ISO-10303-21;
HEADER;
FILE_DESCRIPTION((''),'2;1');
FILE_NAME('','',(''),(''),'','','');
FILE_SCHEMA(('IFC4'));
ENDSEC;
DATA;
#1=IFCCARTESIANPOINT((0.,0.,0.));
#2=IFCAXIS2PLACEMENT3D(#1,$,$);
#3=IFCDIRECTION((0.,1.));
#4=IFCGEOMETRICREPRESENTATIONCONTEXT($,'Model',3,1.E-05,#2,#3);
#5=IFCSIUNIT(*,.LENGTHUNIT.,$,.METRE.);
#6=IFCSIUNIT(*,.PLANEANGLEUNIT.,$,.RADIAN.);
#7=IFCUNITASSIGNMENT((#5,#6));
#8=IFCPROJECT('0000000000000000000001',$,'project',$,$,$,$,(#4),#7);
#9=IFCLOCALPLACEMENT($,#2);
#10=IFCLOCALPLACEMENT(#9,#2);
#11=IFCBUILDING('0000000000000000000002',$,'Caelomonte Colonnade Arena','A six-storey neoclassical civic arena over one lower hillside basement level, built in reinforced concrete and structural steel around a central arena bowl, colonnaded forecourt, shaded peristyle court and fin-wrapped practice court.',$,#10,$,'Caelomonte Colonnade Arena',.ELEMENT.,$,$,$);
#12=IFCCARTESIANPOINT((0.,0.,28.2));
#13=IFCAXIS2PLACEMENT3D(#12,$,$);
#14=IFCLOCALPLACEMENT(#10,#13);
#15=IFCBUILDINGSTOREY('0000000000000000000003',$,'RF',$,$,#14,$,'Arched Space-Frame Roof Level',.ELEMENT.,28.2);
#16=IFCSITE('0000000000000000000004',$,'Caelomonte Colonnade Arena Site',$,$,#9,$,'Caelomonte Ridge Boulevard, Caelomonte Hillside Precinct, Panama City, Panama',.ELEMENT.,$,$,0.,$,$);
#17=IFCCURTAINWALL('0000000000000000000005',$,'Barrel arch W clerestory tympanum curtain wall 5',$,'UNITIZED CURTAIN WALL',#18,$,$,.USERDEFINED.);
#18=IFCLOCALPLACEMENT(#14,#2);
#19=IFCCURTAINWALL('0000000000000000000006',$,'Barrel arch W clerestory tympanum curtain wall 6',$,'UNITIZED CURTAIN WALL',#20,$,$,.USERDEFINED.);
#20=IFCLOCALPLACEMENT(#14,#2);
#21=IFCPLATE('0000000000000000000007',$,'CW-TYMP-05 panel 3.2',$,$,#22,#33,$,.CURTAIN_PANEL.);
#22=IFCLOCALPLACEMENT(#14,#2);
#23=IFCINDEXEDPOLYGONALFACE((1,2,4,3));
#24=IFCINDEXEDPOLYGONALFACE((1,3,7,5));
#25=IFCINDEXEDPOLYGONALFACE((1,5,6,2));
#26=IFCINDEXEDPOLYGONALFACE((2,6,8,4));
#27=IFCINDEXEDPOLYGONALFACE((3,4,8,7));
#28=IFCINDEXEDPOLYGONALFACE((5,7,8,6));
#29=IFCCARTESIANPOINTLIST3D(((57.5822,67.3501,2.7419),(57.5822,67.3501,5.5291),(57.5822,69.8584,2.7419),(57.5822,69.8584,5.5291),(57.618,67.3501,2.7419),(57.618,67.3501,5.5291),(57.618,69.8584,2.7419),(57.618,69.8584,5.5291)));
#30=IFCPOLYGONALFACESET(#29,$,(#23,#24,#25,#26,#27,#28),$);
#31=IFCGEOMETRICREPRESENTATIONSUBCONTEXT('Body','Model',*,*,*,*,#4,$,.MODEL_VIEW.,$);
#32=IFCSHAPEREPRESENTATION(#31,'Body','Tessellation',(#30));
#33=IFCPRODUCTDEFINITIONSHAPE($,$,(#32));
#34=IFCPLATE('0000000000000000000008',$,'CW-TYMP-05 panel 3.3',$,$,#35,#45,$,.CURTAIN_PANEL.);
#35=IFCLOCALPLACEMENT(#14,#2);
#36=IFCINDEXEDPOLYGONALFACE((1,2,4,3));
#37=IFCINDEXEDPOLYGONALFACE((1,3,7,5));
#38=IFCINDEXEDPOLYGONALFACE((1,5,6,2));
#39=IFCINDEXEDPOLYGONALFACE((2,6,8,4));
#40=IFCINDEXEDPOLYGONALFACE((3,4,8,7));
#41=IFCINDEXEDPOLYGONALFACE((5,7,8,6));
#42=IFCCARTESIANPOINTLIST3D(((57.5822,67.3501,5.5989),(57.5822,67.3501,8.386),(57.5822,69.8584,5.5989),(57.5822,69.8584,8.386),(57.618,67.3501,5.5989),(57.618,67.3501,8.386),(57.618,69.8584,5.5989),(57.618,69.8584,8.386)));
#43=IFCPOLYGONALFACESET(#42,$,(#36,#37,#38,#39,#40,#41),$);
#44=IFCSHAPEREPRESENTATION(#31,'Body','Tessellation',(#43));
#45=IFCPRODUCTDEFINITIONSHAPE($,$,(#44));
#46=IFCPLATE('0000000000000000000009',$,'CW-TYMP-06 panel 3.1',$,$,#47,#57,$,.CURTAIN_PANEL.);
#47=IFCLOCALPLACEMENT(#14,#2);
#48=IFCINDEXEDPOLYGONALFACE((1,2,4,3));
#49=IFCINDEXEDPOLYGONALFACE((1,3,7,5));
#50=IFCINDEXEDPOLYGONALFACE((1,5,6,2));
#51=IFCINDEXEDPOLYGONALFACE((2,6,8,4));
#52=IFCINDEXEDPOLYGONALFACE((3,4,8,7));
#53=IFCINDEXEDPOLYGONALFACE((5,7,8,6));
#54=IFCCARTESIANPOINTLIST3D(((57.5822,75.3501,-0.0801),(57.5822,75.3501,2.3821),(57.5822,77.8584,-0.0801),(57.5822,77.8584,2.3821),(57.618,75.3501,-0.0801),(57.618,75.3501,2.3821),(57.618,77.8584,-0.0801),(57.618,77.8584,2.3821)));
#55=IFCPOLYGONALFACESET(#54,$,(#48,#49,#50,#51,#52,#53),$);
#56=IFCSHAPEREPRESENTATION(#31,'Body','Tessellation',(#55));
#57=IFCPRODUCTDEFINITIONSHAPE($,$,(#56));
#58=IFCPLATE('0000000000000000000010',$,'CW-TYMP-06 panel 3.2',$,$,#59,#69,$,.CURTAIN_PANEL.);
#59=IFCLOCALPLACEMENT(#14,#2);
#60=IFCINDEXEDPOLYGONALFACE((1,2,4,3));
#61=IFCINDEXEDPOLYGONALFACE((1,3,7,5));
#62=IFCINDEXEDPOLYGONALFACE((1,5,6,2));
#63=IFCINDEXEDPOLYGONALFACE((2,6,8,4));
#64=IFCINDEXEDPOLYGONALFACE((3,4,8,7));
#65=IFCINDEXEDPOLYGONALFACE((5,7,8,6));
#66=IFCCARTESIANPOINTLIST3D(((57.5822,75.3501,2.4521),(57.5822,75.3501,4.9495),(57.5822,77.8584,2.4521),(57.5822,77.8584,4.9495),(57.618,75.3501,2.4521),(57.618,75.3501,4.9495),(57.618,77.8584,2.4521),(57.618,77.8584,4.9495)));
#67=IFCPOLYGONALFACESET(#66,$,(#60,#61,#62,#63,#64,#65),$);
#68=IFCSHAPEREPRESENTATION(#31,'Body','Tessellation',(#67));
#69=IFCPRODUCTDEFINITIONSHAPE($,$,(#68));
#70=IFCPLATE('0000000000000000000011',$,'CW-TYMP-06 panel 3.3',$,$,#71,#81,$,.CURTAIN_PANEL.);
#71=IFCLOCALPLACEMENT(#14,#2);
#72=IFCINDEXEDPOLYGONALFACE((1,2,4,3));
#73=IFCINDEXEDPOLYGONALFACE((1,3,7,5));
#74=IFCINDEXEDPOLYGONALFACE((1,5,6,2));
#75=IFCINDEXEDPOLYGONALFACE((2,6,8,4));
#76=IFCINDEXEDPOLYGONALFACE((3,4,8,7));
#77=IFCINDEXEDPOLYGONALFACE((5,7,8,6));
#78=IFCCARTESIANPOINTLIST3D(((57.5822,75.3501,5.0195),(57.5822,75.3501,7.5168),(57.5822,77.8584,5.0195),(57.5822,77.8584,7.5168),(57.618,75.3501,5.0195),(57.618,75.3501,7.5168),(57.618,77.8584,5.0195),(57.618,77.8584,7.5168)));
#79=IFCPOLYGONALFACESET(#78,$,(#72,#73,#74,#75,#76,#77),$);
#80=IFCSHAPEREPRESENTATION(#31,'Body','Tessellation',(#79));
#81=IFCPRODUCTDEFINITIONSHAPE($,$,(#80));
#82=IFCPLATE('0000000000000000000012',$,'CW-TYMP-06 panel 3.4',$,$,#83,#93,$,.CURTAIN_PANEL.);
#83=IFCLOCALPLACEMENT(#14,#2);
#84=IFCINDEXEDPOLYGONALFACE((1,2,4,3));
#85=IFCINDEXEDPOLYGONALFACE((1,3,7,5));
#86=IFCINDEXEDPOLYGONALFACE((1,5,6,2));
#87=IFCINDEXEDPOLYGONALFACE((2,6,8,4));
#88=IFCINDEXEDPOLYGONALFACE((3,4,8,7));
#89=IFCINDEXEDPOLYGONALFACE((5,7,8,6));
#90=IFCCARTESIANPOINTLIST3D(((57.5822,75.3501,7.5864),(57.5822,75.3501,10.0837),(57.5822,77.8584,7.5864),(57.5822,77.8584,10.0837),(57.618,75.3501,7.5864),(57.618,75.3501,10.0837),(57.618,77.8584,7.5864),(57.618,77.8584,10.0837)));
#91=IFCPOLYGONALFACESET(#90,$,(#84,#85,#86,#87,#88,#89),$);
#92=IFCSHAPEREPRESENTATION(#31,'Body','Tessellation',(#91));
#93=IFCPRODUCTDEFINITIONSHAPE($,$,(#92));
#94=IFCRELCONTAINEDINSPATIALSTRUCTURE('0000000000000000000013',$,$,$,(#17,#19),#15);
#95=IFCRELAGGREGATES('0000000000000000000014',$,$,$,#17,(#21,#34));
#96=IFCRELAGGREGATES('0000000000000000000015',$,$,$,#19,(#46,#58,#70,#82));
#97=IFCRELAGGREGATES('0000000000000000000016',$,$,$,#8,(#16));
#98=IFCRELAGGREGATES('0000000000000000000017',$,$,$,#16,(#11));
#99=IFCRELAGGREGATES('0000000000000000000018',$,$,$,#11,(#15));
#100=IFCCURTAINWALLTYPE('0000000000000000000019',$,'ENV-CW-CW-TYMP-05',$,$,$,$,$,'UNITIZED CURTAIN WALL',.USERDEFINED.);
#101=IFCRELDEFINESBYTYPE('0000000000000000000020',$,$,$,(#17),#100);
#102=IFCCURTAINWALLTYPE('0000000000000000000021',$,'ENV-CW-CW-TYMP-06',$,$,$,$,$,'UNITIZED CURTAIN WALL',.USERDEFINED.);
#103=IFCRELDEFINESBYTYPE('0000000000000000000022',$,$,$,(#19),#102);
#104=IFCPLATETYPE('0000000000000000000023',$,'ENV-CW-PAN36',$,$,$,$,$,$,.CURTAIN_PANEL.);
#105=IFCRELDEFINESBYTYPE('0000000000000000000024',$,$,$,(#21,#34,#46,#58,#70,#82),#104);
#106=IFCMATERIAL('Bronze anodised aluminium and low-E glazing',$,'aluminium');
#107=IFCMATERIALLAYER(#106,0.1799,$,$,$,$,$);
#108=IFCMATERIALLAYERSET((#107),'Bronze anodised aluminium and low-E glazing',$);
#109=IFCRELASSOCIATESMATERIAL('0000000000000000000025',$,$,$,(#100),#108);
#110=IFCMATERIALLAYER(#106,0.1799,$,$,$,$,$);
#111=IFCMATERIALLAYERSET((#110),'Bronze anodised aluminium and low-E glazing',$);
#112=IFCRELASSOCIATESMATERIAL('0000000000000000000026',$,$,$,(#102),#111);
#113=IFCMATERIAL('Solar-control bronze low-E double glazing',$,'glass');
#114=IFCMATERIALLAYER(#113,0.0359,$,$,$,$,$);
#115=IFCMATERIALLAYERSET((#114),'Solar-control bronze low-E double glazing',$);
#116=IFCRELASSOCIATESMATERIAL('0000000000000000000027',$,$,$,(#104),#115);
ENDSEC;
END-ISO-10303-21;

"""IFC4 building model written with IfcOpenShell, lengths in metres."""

from ifc_helpers import new_model, si_unit, direction, frame, origin, origin_2d, place, context, subcontext, project, spatial, rectangle, extrude, material, layer, layer_set, type_object, element, aggregate, save


model = new_model("IFC4")

# Units and contexts
model_context = context("Model", 3, precision=1e-05, world=origin(), true_north=direction((0.0, 1.0)))
body_context = subcontext(model_context, "Body", "Model", "MODEL_VIEW")
ifc_project = project(units=[si_unit("LENGTHUNIT", "METRE"), si_unit("PLANEANGLEUNIT", "RADIAN")], contexts=[model_context])

# Site, building, storey
site_placement = place(None, origin())
site = spatial("IfcSite", under=ifc_project, at=site_placement, Name="Caelomonte Colonnade Arena Site", LongName="Caelomonte Ridge Boulevard, Caelomonte Hillside Precinct, Panama City, Panama", CompositionType="ELEMENT", RefElevation=0.0)
building_placement = place(site_placement, origin())
building = spatial("IfcBuilding", under=site, at=building_placement, Name="Caelomonte Colonnade Arena", Description="A six-storey neoclassical civic arena over one lower hillside basement level, built in reinforced concrete and structural steel around a central arena bowl, colonnaded forecourt, shaded peristyle court and fin-wrapped practice court.", LongName="Caelomonte Colonnade Arena", CompositionType="ELEMENT")
storey_placement = place(building_placement, frame((0.0, 0.0, 28.2)))
storey = spatial("IfcBuildingStorey", under=building, at=storey_placement, Name="RF", LongName="Arched Space-Frame Roof Level", CompositionType="ELEMENT", Elevation=28.2)

# Curtain wall
ifc_material_1 = material(Name="Bronze anodised aluminium and low-E glazing", Category="aluminium")
ifc_layer_1 = layer(ifc_material_1, 0.1799)
ifc_layer_set_1 = layer_set([ifc_layer_1], Name="Bronze anodised aluminium and low-E glazing")
curtain_wall_type_1 = type_object("IfcCurtainWallType", Name="ENV-CW-CW-TYMP-05", ElementType="UNITIZED CURTAIN WALL", PredefinedType="USERDEFINED", material=ifc_layer_set_1)
curtain_wall_1_placement = place(storey_placement, origin())
curtain_wall_1 = element("IfcCurtainWall", 1, at=curtain_wall_1_placement, inside=storey, type_object=curtain_wall_type_1, Name="Barrel arch W clerestory tympanum curtain wall 5", ObjectType="UNITIZED CURTAIN WALL", PredefinedType="USERDEFINED")

# Curtain wall
ifc_layer_2 = layer(ifc_material_1, 0.1799)
ifc_layer_set_2 = layer_set([ifc_layer_2], Name="Bronze anodised aluminium and low-E glazing")
curtain_wall_type_2 = type_object("IfcCurtainWallType", Name="ENV-CW-CW-TYMP-06", ElementType="UNITIZED CURTAIN WALL", PredefinedType="USERDEFINED", material=ifc_layer_set_2)
curtain_wall_2_placement = place(storey_placement, origin())
curtain_wall_2 = element("IfcCurtainWall", 2, at=curtain_wall_2_placement, inside=storey, type_object=curtain_wall_type_2, Name="Barrel arch W clerestory tympanum curtain wall 6", ObjectType="UNITIZED CURTAIN WALL", PredefinedType="USERDEFINED")

# Plates
ifc_material_2 = material(Name="Solar-control bronze low-E double glazing", Category="glass")
ifc_layer_3 = layer(ifc_material_2, 0.0359)
ifc_layer_set_3 = layer_set([ifc_layer_3], Name="Solar-control bronze low-E double glazing")
plate_type = type_object("IfcPlateType", Name="ENV-CW-PAN36", PredefinedType="CURTAIN_PANEL", material=ifc_layer_set_3)
plate_1_placement = place(storey_placement, frame((57.6001, 68.6042, 2.7419), z_axis=(0.0, 0.0, 1.0), x_axis=(0.0, -1.0, 0.0)))
plate_1 = element("IfcPlate", 3, at=plate_1_placement, type_object=plate_type, Name="CW-TYMP-05 panel 3.2", PredefinedType="CURTAIN_PANEL", context=body_context, shape_type="SweptSolid", body=[
    extrude(rectangle(XDim=2.5083, YDim=0.0359, at=origin_2d()), origin(), (0.0, 0.0, 1.0), 2.7871),
])
plate_2_placement = place(storey_placement, frame((57.6001, 68.6042, 5.5989), z_axis=(0.0, 0.0, 1.0), x_axis=(0.0, -1.0, 0.0)))
plate_2 = element("IfcPlate", 4, at=plate_2_placement, type_object=plate_type, Name="CW-TYMP-05 panel 3.3", PredefinedType="CURTAIN_PANEL", context=body_context, shape_type="SweptSolid", body=[
    extrude(rectangle(XDim=2.5083, YDim=0.0359, at=origin_2d()), origin(), (0.0, 0.0, 1.0), 2.7871),
])
aggregate(curtain_wall_1, [plate_1, plate_2])
plate_3_placement = place(storey_placement, frame((57.6001, 76.6042, -0.0801), z_axis=(0.0, 0.0, 1.0), x_axis=(0.0, -1.0, 0.0)))
plate_3 = element("IfcPlate", 5, at=plate_3_placement, type_object=plate_type, Name="CW-TYMP-06 panel 3.1", PredefinedType="CURTAIN_PANEL", context=body_context, shape_type="SweptSolid", body=[
    extrude(rectangle(XDim=2.5083, YDim=0.0359, at=origin_2d()), origin(), (0.0, 0.0, 1.0), 2.4622),
])
plate_4_placement = place(storey_placement, frame((57.6001, 76.6042, 2.4521), z_axis=(0.0, 0.0, 1.0), x_axis=(0.0, -1.0, 0.0)))
plate_4 = element("IfcPlate", 6, at=plate_4_placement, type_object=plate_type, Name="CW-TYMP-06 panel 3.2", PredefinedType="CURTAIN_PANEL", context=body_context, shape_type="SweptSolid", body=[
    extrude(rectangle(XDim=2.5083, YDim=0.0359, at=origin_2d()), origin(), (0.0, 0.0, 1.0), 2.4973),
])
plate_5_placement = place(storey_placement, frame((57.6001, 76.6042, 5.0195), z_axis=(0.0, 0.0, 1.0), x_axis=(0.0, -1.0, 0.0)))
plate_5 = element("IfcPlate", 7, at=plate_5_placement, type_object=plate_type, Name="CW-TYMP-06 panel 3.3", PredefinedType="CURTAIN_PANEL", context=body_context, shape_type="SweptSolid", body=[
    extrude(rectangle(XDim=2.5083, YDim=0.0359, at=origin_2d()), origin(), (0.0, 0.0, 1.0), 2.4973),
])
plate_6_placement = place(storey_placement, frame((57.6001, 76.6042, 7.5864), z_axis=(0.0, 0.0, 1.0), x_axis=(0.0, -1.0, 0.0)))
plate_6 = element("IfcPlate", 8, at=plate_6_placement, type_object=plate_type, Name="CW-TYMP-06 panel 3.4", PredefinedType="CURTAIN_PANEL", context=body_context, shape_type="SweptSolid", body=[
    extrude(rectangle(XDim=2.5083, YDim=0.0359, at=origin_2d()), origin(), (0.0, 0.0, 1.0), 2.4973),
])
aggregate(curtain_wall_2, [plate_3, plate_4, plate_5, plate_6])

save(model, "model.ifc")
